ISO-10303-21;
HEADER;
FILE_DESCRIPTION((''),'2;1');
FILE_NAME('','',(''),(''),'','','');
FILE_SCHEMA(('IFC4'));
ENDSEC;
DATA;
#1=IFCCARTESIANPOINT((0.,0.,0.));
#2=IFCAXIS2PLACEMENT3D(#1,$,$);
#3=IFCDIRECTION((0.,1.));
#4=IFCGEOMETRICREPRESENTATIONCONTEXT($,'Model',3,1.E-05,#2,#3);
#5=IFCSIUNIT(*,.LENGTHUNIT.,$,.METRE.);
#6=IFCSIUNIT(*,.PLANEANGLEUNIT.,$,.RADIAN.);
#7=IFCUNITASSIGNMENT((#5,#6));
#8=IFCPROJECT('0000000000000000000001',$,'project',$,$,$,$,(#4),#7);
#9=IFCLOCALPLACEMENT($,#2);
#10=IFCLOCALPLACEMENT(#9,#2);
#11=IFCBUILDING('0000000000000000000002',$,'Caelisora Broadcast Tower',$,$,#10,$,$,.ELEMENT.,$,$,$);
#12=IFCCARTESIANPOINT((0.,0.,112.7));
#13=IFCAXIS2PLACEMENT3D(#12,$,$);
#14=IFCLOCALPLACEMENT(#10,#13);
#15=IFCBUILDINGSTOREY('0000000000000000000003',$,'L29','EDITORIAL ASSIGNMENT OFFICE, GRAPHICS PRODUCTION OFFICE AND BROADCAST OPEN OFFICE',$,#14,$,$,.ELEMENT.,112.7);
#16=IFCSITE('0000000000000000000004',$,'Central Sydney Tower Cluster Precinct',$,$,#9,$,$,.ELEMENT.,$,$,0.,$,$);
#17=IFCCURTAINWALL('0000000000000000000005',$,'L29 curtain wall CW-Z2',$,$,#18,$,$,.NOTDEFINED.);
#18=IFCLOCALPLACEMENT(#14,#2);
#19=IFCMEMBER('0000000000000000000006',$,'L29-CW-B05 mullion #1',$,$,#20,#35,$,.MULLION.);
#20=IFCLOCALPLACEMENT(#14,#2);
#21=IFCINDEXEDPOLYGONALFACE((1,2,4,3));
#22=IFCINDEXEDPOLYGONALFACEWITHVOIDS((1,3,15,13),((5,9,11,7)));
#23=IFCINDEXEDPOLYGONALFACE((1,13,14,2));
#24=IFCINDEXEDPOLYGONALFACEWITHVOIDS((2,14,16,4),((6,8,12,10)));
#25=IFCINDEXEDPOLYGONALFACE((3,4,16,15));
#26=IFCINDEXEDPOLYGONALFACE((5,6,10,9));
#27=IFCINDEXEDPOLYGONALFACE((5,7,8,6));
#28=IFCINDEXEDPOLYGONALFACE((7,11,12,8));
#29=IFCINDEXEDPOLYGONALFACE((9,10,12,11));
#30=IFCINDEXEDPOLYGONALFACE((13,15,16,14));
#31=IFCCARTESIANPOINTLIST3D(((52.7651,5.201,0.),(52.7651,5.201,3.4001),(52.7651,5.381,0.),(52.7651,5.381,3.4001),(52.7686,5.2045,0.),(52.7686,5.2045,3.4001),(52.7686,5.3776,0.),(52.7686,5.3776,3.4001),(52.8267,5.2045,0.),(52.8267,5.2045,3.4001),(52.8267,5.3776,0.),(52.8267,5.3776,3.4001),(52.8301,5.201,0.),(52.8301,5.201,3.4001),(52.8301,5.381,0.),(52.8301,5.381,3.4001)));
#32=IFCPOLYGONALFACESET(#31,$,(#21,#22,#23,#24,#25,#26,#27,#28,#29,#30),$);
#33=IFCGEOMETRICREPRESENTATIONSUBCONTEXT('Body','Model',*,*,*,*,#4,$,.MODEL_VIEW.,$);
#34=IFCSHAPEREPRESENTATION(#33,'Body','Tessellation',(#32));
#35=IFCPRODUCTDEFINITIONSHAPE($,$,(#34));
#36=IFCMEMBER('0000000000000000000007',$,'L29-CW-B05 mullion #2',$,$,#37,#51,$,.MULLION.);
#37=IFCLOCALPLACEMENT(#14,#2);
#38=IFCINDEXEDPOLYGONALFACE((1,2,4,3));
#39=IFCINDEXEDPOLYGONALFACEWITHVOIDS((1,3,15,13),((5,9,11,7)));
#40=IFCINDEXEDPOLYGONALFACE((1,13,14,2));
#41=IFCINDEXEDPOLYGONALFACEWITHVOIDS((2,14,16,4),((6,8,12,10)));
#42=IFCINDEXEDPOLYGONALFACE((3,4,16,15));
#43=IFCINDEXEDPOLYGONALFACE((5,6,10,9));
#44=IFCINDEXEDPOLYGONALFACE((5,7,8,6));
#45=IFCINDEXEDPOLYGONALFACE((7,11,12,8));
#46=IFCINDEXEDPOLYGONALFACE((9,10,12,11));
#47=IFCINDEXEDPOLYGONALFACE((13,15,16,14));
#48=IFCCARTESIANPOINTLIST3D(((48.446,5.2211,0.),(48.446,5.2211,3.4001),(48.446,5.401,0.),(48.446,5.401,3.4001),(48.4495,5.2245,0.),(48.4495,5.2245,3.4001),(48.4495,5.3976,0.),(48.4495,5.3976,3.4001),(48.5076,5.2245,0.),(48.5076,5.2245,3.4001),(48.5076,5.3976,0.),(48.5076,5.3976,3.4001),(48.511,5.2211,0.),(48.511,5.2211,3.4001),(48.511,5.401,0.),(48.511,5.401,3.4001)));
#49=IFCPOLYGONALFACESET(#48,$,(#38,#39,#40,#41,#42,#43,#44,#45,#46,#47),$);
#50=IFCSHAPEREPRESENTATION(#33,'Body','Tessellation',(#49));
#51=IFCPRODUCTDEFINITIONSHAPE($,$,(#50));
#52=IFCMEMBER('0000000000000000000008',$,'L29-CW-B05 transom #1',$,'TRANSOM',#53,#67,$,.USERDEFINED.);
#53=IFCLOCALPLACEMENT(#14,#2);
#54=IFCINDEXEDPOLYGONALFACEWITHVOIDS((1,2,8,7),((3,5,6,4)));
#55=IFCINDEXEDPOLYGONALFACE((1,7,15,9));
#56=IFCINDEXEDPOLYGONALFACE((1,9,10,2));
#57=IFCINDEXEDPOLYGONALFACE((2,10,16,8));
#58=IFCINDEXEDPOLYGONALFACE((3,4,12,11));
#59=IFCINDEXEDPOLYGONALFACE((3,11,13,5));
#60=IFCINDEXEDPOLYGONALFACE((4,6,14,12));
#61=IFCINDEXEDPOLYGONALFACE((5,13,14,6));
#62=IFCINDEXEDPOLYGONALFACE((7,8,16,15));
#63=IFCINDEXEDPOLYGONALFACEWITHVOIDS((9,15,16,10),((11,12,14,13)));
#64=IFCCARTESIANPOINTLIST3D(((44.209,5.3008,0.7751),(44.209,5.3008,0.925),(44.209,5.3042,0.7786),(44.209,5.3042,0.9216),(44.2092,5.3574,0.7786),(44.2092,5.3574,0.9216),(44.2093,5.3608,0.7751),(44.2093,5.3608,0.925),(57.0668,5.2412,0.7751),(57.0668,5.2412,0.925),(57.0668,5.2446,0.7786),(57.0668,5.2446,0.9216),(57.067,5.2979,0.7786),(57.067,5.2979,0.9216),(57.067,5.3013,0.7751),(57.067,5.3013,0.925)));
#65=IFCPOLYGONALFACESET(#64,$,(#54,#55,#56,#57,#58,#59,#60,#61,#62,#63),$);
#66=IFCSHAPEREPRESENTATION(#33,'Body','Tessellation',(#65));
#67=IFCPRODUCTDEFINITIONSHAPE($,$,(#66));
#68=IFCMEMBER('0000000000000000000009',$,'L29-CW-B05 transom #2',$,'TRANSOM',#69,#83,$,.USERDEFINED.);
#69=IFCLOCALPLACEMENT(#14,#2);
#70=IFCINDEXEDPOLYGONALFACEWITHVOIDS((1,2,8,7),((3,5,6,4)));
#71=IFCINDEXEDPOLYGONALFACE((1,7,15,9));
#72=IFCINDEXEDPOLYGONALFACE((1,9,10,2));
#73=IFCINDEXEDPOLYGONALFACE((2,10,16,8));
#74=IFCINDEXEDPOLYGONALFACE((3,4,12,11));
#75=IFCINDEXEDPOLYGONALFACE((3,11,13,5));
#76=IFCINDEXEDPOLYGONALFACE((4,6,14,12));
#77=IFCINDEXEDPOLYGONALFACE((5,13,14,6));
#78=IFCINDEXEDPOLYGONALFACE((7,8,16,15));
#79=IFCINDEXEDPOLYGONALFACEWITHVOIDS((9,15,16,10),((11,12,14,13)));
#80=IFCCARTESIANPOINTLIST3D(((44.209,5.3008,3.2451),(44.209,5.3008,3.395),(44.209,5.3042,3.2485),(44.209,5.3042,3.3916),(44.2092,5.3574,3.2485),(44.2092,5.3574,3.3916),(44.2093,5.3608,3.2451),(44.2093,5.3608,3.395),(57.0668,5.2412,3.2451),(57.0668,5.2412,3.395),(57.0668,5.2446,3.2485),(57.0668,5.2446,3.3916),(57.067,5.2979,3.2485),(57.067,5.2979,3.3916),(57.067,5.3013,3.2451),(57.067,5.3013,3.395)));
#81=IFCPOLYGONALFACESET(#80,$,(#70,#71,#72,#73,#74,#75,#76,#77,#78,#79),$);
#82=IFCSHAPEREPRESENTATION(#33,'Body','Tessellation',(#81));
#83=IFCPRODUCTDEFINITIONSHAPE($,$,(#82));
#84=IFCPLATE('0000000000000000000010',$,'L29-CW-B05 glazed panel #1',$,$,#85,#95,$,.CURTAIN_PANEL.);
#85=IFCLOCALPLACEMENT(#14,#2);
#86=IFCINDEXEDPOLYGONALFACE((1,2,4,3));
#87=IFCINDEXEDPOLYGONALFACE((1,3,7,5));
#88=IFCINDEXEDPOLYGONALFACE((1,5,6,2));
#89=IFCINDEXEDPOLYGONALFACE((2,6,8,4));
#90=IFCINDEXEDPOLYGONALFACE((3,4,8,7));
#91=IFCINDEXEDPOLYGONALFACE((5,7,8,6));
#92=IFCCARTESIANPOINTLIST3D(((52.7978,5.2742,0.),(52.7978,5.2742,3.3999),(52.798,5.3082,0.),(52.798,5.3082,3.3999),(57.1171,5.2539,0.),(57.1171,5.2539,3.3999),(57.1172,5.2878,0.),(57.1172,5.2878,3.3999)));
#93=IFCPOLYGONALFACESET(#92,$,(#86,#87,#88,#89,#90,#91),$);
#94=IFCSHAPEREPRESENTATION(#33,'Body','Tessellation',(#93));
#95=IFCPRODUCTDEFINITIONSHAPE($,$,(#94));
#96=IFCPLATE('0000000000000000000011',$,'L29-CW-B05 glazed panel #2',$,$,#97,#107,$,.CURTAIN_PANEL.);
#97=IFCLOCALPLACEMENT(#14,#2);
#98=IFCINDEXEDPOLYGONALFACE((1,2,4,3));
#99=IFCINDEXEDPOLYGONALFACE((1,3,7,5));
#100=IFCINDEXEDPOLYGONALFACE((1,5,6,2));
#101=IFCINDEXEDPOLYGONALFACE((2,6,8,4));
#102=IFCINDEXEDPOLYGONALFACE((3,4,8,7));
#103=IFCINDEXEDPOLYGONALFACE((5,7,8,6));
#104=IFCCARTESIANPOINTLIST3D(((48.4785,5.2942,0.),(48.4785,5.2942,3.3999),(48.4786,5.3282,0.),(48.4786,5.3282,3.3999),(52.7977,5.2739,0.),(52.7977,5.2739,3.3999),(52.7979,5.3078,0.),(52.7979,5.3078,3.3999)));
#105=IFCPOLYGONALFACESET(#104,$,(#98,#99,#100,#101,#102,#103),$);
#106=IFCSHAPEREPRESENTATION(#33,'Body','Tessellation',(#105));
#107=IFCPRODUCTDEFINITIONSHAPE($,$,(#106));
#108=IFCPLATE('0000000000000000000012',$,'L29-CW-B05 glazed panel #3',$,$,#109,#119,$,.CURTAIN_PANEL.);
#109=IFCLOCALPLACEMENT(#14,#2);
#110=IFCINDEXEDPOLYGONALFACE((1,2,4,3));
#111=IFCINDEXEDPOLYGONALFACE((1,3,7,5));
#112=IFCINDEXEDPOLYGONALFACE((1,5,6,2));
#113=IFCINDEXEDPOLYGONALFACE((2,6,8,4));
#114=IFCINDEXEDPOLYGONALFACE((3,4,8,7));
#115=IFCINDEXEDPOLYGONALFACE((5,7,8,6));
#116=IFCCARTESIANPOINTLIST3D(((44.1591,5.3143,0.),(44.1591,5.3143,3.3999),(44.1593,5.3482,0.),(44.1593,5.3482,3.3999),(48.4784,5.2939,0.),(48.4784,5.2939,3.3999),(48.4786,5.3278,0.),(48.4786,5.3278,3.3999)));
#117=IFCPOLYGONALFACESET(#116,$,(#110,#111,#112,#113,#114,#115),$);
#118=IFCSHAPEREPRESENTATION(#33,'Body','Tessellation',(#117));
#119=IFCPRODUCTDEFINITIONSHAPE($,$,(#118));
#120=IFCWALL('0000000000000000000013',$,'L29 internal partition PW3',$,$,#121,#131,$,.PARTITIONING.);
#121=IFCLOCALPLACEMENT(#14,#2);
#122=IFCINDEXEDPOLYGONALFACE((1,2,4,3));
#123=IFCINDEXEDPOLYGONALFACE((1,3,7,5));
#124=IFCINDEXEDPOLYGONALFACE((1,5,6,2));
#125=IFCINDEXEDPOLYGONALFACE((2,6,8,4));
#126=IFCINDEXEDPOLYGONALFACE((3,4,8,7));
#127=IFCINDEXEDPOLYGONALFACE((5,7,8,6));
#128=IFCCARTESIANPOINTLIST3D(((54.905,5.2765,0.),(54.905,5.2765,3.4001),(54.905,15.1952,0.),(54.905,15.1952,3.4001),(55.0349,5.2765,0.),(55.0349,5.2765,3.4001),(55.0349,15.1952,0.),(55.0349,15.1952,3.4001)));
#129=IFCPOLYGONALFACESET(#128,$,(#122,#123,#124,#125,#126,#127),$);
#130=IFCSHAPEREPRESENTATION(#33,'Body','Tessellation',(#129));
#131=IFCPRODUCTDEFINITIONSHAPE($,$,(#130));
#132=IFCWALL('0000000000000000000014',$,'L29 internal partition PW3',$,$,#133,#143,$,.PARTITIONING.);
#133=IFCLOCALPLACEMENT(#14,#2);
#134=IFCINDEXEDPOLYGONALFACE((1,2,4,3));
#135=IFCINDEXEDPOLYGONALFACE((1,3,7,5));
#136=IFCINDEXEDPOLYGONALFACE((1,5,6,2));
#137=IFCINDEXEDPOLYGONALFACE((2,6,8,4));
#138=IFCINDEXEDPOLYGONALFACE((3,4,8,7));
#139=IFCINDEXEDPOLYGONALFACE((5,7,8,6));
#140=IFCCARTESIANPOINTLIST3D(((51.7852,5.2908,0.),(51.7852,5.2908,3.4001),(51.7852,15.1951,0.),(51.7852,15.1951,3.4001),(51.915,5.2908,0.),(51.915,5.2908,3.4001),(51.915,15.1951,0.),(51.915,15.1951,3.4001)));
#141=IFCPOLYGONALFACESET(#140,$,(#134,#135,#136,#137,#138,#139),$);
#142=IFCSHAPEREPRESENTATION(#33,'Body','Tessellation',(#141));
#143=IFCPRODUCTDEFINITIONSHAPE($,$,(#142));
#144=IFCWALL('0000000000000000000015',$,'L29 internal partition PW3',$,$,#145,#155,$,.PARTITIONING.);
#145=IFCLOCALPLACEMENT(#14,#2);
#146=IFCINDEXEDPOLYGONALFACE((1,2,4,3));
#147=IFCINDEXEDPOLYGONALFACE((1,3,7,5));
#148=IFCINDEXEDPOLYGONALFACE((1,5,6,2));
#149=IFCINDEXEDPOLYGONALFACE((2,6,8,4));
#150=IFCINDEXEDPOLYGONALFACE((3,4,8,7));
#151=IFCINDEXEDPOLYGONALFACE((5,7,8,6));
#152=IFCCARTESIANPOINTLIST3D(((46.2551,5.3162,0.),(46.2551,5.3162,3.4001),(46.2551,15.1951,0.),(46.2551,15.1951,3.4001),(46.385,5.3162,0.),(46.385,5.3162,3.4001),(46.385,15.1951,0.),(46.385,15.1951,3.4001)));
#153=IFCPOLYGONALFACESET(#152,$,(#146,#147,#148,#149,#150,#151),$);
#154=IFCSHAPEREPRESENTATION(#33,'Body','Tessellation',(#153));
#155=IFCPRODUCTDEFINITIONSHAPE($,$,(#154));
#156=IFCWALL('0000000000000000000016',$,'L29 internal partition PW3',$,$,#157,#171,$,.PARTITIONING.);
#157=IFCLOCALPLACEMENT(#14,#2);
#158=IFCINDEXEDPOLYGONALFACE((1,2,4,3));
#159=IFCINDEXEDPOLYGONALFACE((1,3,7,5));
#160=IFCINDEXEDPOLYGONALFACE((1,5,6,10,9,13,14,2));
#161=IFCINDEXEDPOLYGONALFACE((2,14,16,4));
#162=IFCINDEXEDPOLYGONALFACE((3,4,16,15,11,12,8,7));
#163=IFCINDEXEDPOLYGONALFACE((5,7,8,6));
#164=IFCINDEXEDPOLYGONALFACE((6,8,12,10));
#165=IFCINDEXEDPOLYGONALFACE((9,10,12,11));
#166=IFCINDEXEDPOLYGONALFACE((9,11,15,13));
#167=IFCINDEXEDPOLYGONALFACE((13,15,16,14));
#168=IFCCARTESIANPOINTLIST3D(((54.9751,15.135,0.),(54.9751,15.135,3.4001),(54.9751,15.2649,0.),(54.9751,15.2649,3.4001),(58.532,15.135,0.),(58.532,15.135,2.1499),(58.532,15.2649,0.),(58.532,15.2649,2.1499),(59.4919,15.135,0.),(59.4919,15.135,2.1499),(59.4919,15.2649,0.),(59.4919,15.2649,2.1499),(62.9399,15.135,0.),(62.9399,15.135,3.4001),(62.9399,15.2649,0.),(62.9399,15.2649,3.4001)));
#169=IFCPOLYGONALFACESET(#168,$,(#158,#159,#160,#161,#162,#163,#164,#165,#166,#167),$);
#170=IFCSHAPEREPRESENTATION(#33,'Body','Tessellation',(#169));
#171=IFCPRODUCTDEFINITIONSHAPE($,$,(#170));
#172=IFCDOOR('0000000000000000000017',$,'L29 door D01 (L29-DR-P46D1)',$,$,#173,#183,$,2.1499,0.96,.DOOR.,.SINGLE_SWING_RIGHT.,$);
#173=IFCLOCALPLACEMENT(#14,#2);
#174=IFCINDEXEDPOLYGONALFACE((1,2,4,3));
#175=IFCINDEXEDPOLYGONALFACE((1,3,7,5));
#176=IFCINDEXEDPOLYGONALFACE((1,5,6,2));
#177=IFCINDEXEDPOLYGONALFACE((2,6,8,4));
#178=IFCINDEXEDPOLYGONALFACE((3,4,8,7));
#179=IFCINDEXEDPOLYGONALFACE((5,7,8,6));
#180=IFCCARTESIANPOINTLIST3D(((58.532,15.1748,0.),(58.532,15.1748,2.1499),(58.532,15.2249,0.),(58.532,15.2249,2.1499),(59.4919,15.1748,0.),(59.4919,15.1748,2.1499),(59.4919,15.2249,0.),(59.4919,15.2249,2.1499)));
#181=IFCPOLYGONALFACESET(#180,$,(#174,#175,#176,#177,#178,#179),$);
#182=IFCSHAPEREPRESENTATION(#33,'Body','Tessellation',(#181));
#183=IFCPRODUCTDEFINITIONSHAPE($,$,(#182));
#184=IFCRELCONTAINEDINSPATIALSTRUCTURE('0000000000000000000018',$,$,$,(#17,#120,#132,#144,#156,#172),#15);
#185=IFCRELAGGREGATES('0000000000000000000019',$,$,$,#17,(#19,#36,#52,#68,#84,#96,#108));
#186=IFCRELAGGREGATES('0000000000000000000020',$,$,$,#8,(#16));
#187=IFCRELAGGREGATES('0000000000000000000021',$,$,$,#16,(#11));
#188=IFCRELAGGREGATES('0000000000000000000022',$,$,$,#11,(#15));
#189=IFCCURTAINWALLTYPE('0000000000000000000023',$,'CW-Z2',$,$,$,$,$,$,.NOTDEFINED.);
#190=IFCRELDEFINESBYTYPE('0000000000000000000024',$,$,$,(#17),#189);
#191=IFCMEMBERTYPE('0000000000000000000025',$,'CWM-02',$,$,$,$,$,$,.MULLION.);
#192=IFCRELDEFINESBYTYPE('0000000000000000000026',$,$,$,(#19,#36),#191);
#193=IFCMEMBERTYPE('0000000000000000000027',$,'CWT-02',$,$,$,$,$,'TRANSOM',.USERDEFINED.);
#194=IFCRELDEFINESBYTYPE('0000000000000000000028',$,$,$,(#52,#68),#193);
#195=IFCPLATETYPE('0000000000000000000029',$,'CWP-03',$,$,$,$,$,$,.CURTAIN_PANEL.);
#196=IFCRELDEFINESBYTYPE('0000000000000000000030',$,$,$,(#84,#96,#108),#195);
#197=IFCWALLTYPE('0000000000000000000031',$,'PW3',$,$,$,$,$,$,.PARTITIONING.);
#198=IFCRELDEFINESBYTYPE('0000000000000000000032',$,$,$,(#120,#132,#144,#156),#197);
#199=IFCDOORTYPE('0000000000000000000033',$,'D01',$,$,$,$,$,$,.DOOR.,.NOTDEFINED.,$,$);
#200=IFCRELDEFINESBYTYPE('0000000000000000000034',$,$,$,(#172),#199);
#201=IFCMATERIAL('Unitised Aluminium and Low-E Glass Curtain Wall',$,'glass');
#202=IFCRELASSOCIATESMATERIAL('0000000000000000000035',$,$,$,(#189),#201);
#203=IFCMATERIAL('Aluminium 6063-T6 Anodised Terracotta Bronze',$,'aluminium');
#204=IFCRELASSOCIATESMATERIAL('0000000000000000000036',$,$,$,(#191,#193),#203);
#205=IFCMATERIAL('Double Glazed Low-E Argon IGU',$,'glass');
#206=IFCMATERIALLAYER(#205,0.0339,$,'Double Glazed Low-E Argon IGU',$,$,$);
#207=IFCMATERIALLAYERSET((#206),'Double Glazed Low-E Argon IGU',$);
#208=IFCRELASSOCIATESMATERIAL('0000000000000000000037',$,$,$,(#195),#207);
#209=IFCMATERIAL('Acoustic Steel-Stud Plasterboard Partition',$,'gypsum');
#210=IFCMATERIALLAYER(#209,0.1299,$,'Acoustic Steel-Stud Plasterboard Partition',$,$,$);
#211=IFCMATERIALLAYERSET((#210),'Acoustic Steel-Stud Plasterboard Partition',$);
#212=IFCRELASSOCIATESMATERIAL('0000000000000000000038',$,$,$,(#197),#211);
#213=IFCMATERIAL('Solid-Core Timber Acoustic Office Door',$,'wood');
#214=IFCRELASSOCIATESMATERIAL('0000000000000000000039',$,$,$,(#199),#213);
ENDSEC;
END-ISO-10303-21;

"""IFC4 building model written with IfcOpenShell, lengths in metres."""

from ifc_helpers import new_model, si_unit, direction, frame, frame_2d, origin, origin_2d, place, context, subcontext, project, spatial, rectangle, hollow_rectangle, extrude, source, transform, mapped, material, layer, layer_set, material_profile, profile_set, type_object, type_shapes, element, fill, aggregate, save


model = new_model("IFC4")

# Units and contexts
model_context = context("Model", 3, precision=1e-05, world=origin(), true_north=direction((0.0, 1.0)))
body_context = subcontext(model_context, "Body", "Model", "MODEL_VIEW")
ifc_project = project(units=[si_unit("LENGTHUNIT", "METRE"), si_unit("PLANEANGLEUNIT", "RADIAN")], contexts=[model_context])

# Site, building, storey
site_placement = place(None, origin())
site = spatial("IfcSite", under=ifc_project, at=site_placement, Name="Central Sydney Tower Cluster Precinct", CompositionType="ELEMENT", RefElevation=0.0)
building_placement = place(site_placement, origin())
building = spatial("IfcBuilding", under=site, at=building_placement, Name="Caelisora Broadcast Tower", CompositionType="ELEMENT")
storey_placement = place(building_placement, frame((0.0, 0.0, 112.7)))
storey = spatial("IfcBuildingStorey", under=building, at=storey_placement, Name="L29", Description="EDITORIAL ASSIGNMENT OFFICE, GRAPHICS PRODUCTION OFFICE AND BROADCAST OPEN OFFICE", CompositionType="ELEMENT", Elevation=112.7)

# Curtain wall, members, plates
ifc_material_1 = material(Name="Unitised Aluminium and Low-E Glass Curtain Wall", Category="glass")
curtain_wall_type = type_object("IfcCurtainWallType", Name="CW-Z2", PredefinedType="NOTDEFINED", material=ifc_material_1)
curtain_wall_placement = place(storey_placement, origin())
curtain_wall = element("IfcCurtainWall", 1, at=curtain_wall_placement, inside=storey, type_object=curtain_wall_type, Name="L29 curtain wall CW-Z2", PredefinedType="NOTDEFINED")
ifc_material_2 = material(Name="Aluminium 6063-T6 Anodised Terracotta Bronze", Category="aluminium")
ifc_material_profile_1 = material_profile(ifc_material_2, hollow_rectangle(XDim=0.0649, YDim=0.1799, WallThickness=0.0034, at=origin_2d()), Name="Aluminium 6063-T6 Anodised Terracotta Bronze")
ifc_profile_set_1 = profile_set([ifc_material_profile_1], Name="Aluminium 6063-T6 Anodised Terracotta Bronze")
member_type_1 = type_object("IfcMemberType", Name="CWM-02", PredefinedType="MULLION", material=ifc_profile_set_1)
shared_shape_1 = source(origin(), body_context, "Body", "SweptSolid", [
    extrude(hollow_rectangle(XDim=0.0649, YDim=0.1799, WallThickness=0.0034, at=origin_2d()), origin(), (0.0, 0.0, 1.0), 3.4001),
])
type_shapes(member_type_1, [shared_shape_1])
member_1_placement = place(storey_placement, frame((52.7976, 5.291, 0.0), z_axis=(0.0, 0.0, 1.0), x_axis=(1.0, 0.0, 0.0)))
member_1 = element("IfcMember", 2, at=member_1_placement, type_object=member_type_1, Name="L29-CW-B05 mullion #1", PredefinedType="MULLION", context=body_context, shape_type="MappedRepresentation", body=[
    mapped(shared_shape_1, transform((0.0, 0.0, 0.0), scale=1.0)),
])
member_2_placement = place(storey_placement, frame((48.4785, 5.311, 0.0), z_axis=(0.0, 0.0, 1.0), x_axis=(1.0, 0.0, 0.0)))
member_2 = element("IfcMember", 3, at=member_2_placement, type_object=member_type_1, Name="L29-CW-B05 mullion #2", PredefinedType="MULLION", context=body_context, shape_type="MappedRepresentation", body=[
    mapped(shared_shape_1, transform((0.0, 0.0, 0.0), scale=1.0)),
])
ifc_material_profile_2 = material_profile(ifc_material_2, hollow_rectangle(XDim=0.0601, YDim=0.1499, WallThickness=0.0034, at=origin_2d()), Name="Aluminium 6063-T6 Anodised Terracotta Bronze")
ifc_profile_set_2 = profile_set([ifc_material_profile_2], Name="Aluminium 6063-T6 Anodised Terracotta Bronze")
member_type_2 = type_object("IfcMemberType", Name="CWT-02", ElementType="TRANSOM", PredefinedType="USERDEFINED", material=ifc_profile_set_2)
shared_shape_2 = source(origin(), body_context, "Body", "SweptSolid", [
    extrude(hollow_rectangle(XDim=0.0601, YDim=0.1499, WallThickness=0.0034, at=origin_2d()), origin(), (0.0, 0.0, 1.0), 12.8579),
])
type_shapes(member_type_2, [shared_shape_2])
member_3_placement = place(storey_placement, frame((57.0669, 5.2712, 0.8501), z_axis=(-0.999989, 0.004633, 0.0), x_axis=(-0.004633, -0.999989, 0.0)))
member_3 = element("IfcMember", 4, at=member_3_placement, type_object=member_type_2, Name="L29-CW-B05 transom #1", ObjectType="TRANSOM", PredefinedType="USERDEFINED", context=body_context, shape_type="MappedRepresentation", body=[
    mapped(shared_shape_2, transform((0.0, 0.0, 0.0), scale=1.0)),
])
member_4_placement = place(storey_placement, frame((57.0669, 5.2712, 3.3201), z_axis=(-0.999989, 0.004633, 0.0), x_axis=(-0.004633, -0.999989, 0.0)))
member_4 = element("IfcMember", 5, at=member_4_placement, type_object=member_type_2, Name="L29-CW-B05 transom #2", ObjectType="TRANSOM", PredefinedType="USERDEFINED", context=body_context, shape_type="MappedRepresentation", body=[
    mapped(shared_shape_2, transform((0.0, 0.0, 0.0), scale=1.0)),
])
ifc_material_3 = material(Name="Double Glazed Low-E Argon IGU", Category="glass")
ifc_layer_1 = layer(ifc_material_3, 0.0339, Name="Double Glazed Low-E Argon IGU")
ifc_layer_set_1 = layer_set([ifc_layer_1], Name="Double Glazed Low-E Argon IGU")
plate_type = type_object("IfcPlateType", Name="CWP-03", PredefinedType="CURTAIN_PANEL", material=ifc_layer_set_1)
shared_shape_3 = source(origin(), body_context, "Body", "SweptSolid", [
    extrude(rectangle(XDim=4.3193, YDim=0.0339, at=origin_2d()), origin(), (0.0, 0.0, 1.0), 3.3999),
])
type_shapes(plate_type, [shared_shape_3])
plate_1_placement = place(storey_placement, frame((54.9575, 5.281, 0.0), z_axis=(0.0, 0.0, 1.0), x_axis=(-0.999989, 0.004712, 0.0)))
plate_1 = element("IfcPlate", 6, at=plate_1_placement, type_object=plate_type, Name="L29-CW-B05 glazed panel #1", PredefinedType="CURTAIN_PANEL", context=body_context, shape_type="MappedRepresentation", body=[
    mapped(shared_shape_3, transform((0.0, 0.0, 0.0), scale=1.0)),
])
plate_2_placement = place(storey_placement, frame((50.6382, 5.301, 0.0), z_axis=(0.0, 0.0, 1.0), x_axis=(-0.999989, 0.004712, 0.0)))
plate_2 = element("IfcPlate", 7, at=plate_2_placement, type_object=plate_type, Name="L29-CW-B05 glazed panel #2", PredefinedType="CURTAIN_PANEL", context=body_context, shape_type="MappedRepresentation", body=[
    mapped(shared_shape_3, transform((0.0, 0.0, 0.0), scale=1.0)),
])
plate_3_placement = place(storey_placement, frame((46.3188, 5.321, 0.0), z_axis=(0.0, 0.0, 1.0), x_axis=(-0.999989, 0.004712, 0.0)))
plate_3 = element("IfcPlate", 8, at=plate_3_placement, type_object=plate_type, Name="L29-CW-B05 glazed panel #3", PredefinedType="CURTAIN_PANEL", context=body_context, shape_type="MappedRepresentation", body=[
    mapped(shared_shape_3, transform((0.0, 0.0, 0.0), scale=1.0)),
])
aggregate(curtain_wall, [member_1, member_2, member_3, member_4, plate_1, plate_2, plate_3])

# Walls
ifc_material_4 = material(Name="Acoustic Steel-Stud Plasterboard Partition", Category="gypsum")
ifc_layer_2 = layer(ifc_material_4, 0.1299, Name="Acoustic Steel-Stud Plasterboard Partition")
ifc_layer_set_2 = layer_set([ifc_layer_2], Name="Acoustic Steel-Stud Plasterboard Partition")
wall_type = type_object("IfcWallType", Name="PW3", PredefinedType="PARTITIONING", material=ifc_layer_set_2)
wall_1_placement = place(storey_placement, frame((54.97, 5.2764, 0.0), z_axis=(0.0, 0.0, 1.0), x_axis=(0.0, 1.0, 0.0)))
element("IfcWall", 9, at=wall_1_placement, inside=storey, type_object=wall_type, Name="L29 internal partition PW3", PredefinedType="PARTITIONING", context=body_context, shape_type="SweptSolid", body=[
    extrude(rectangle(XDim=9.9187, YDim=0.1299, at=frame_2d((4.9595, 0.0))), origin(), (0.0, 0.0, 1.0), 3.4001),
])
wall_2_placement = place(storey_placement, frame((51.8501, 5.2908, 0.0), z_axis=(0.0, 0.0, 1.0), x_axis=(0.0, 1.0, 0.0)))
element("IfcWall", 10, at=wall_2_placement, inside=storey, type_object=wall_type, Name="L29 internal partition PW3", PredefinedType="PARTITIONING", context=body_context, shape_type="SweptSolid", body=[
    extrude(rectangle(XDim=9.9043, YDim=0.1299, at=frame_2d((4.9521, 0.0))), origin(), (0.0, 0.0, 1.0), 3.4001),
])
wall_3_placement = place(storey_placement, frame((46.3201, 5.3162, 0.0), z_axis=(0.0, 0.0, 1.0), x_axis=(0.0, 1.0, 0.0)))
element("IfcWall", 11, at=wall_3_placement, inside=storey, type_object=wall_type, Name="L29 internal partition PW3", PredefinedType="PARTITIONING", context=body_context, shape_type="SweptSolid", body=[
    extrude(rectangle(XDim=9.8789, YDim=0.1299, at=frame_2d((4.9395, 0.0))), origin(), (0.0, 0.0, 1.0), 3.4001),
])

# Wall, opening, door
wall_4_placement = place(storey_placement, frame((54.9751, 15.2, 0.0), z_axis=(0.0, 0.0, 1.0), x_axis=(1.0, 0.0, 0.0)))
wall_4 = element("IfcWall", 12, at=wall_4_placement, inside=storey, type_object=wall_type, Name="L29 internal partition PW3", PredefinedType="PARTITIONING", context=body_context, shape_type="SweptSolid", body=[
    extrude(rectangle(XDim=7.9648, YDim=0.1299, at=frame_2d((3.9824, 0.0))), origin(), (0.0, 0.0, 1.0), 3.4001),
])
opening_1_placement = place(wall_4_placement, frame((3.5569, 0.0, 0.0)))
opening_1 = element("IfcOpeningElement", 13, at=opening_1_placement, cuts=wall_4, PredefinedType="OPENING", context=body_context, shape_type="SweptSolid", body=[
    extrude(rectangle(XDim=0.96, YDim=2.1499, at=frame_2d((0.48, 1.075))), frame((0.0, 0.0769, 0.0), z_axis=(0.0, -1.0, 0.0), x_axis=(1.0, 0.0, 0.0)), (0.0, 0.0, 1.0), 0.1538),
])
ifc_material_5 = material(Name="Solid-Core Timber Acoustic Office Door", Category="wood")
door_type = type_object("IfcDoorType", Name="D01", OperationType="NOTDEFINED", PredefinedType="DOOR", material=ifc_material_5)
door_1_placement = place(opening_1_placement, origin())
door_1 = element("IfcDoor", 14, at=door_1_placement, inside=storey, type_object=door_type, Name="L29 door D01 (L29-DR-P46D1)", OperationType="SINGLE_SWING_RIGHT", OverallHeight=2.1499, OverallWidth=0.96, PredefinedType="DOOR", context=body_context, shape_type="SweptSolid", body=[
    extrude(rectangle(XDim=0.96, YDim=2.1499, at=frame_2d((0.48, 1.075))), frame((0.0, 0.0249, 0.0), z_axis=(0.0, -1.0, 0.0), x_axis=(1.0, 0.0, 0.0)), (0.0, 0.0, 1.0), 0.05),
])
fill(opening_1, door_1)

save(model, "model.ifc")
